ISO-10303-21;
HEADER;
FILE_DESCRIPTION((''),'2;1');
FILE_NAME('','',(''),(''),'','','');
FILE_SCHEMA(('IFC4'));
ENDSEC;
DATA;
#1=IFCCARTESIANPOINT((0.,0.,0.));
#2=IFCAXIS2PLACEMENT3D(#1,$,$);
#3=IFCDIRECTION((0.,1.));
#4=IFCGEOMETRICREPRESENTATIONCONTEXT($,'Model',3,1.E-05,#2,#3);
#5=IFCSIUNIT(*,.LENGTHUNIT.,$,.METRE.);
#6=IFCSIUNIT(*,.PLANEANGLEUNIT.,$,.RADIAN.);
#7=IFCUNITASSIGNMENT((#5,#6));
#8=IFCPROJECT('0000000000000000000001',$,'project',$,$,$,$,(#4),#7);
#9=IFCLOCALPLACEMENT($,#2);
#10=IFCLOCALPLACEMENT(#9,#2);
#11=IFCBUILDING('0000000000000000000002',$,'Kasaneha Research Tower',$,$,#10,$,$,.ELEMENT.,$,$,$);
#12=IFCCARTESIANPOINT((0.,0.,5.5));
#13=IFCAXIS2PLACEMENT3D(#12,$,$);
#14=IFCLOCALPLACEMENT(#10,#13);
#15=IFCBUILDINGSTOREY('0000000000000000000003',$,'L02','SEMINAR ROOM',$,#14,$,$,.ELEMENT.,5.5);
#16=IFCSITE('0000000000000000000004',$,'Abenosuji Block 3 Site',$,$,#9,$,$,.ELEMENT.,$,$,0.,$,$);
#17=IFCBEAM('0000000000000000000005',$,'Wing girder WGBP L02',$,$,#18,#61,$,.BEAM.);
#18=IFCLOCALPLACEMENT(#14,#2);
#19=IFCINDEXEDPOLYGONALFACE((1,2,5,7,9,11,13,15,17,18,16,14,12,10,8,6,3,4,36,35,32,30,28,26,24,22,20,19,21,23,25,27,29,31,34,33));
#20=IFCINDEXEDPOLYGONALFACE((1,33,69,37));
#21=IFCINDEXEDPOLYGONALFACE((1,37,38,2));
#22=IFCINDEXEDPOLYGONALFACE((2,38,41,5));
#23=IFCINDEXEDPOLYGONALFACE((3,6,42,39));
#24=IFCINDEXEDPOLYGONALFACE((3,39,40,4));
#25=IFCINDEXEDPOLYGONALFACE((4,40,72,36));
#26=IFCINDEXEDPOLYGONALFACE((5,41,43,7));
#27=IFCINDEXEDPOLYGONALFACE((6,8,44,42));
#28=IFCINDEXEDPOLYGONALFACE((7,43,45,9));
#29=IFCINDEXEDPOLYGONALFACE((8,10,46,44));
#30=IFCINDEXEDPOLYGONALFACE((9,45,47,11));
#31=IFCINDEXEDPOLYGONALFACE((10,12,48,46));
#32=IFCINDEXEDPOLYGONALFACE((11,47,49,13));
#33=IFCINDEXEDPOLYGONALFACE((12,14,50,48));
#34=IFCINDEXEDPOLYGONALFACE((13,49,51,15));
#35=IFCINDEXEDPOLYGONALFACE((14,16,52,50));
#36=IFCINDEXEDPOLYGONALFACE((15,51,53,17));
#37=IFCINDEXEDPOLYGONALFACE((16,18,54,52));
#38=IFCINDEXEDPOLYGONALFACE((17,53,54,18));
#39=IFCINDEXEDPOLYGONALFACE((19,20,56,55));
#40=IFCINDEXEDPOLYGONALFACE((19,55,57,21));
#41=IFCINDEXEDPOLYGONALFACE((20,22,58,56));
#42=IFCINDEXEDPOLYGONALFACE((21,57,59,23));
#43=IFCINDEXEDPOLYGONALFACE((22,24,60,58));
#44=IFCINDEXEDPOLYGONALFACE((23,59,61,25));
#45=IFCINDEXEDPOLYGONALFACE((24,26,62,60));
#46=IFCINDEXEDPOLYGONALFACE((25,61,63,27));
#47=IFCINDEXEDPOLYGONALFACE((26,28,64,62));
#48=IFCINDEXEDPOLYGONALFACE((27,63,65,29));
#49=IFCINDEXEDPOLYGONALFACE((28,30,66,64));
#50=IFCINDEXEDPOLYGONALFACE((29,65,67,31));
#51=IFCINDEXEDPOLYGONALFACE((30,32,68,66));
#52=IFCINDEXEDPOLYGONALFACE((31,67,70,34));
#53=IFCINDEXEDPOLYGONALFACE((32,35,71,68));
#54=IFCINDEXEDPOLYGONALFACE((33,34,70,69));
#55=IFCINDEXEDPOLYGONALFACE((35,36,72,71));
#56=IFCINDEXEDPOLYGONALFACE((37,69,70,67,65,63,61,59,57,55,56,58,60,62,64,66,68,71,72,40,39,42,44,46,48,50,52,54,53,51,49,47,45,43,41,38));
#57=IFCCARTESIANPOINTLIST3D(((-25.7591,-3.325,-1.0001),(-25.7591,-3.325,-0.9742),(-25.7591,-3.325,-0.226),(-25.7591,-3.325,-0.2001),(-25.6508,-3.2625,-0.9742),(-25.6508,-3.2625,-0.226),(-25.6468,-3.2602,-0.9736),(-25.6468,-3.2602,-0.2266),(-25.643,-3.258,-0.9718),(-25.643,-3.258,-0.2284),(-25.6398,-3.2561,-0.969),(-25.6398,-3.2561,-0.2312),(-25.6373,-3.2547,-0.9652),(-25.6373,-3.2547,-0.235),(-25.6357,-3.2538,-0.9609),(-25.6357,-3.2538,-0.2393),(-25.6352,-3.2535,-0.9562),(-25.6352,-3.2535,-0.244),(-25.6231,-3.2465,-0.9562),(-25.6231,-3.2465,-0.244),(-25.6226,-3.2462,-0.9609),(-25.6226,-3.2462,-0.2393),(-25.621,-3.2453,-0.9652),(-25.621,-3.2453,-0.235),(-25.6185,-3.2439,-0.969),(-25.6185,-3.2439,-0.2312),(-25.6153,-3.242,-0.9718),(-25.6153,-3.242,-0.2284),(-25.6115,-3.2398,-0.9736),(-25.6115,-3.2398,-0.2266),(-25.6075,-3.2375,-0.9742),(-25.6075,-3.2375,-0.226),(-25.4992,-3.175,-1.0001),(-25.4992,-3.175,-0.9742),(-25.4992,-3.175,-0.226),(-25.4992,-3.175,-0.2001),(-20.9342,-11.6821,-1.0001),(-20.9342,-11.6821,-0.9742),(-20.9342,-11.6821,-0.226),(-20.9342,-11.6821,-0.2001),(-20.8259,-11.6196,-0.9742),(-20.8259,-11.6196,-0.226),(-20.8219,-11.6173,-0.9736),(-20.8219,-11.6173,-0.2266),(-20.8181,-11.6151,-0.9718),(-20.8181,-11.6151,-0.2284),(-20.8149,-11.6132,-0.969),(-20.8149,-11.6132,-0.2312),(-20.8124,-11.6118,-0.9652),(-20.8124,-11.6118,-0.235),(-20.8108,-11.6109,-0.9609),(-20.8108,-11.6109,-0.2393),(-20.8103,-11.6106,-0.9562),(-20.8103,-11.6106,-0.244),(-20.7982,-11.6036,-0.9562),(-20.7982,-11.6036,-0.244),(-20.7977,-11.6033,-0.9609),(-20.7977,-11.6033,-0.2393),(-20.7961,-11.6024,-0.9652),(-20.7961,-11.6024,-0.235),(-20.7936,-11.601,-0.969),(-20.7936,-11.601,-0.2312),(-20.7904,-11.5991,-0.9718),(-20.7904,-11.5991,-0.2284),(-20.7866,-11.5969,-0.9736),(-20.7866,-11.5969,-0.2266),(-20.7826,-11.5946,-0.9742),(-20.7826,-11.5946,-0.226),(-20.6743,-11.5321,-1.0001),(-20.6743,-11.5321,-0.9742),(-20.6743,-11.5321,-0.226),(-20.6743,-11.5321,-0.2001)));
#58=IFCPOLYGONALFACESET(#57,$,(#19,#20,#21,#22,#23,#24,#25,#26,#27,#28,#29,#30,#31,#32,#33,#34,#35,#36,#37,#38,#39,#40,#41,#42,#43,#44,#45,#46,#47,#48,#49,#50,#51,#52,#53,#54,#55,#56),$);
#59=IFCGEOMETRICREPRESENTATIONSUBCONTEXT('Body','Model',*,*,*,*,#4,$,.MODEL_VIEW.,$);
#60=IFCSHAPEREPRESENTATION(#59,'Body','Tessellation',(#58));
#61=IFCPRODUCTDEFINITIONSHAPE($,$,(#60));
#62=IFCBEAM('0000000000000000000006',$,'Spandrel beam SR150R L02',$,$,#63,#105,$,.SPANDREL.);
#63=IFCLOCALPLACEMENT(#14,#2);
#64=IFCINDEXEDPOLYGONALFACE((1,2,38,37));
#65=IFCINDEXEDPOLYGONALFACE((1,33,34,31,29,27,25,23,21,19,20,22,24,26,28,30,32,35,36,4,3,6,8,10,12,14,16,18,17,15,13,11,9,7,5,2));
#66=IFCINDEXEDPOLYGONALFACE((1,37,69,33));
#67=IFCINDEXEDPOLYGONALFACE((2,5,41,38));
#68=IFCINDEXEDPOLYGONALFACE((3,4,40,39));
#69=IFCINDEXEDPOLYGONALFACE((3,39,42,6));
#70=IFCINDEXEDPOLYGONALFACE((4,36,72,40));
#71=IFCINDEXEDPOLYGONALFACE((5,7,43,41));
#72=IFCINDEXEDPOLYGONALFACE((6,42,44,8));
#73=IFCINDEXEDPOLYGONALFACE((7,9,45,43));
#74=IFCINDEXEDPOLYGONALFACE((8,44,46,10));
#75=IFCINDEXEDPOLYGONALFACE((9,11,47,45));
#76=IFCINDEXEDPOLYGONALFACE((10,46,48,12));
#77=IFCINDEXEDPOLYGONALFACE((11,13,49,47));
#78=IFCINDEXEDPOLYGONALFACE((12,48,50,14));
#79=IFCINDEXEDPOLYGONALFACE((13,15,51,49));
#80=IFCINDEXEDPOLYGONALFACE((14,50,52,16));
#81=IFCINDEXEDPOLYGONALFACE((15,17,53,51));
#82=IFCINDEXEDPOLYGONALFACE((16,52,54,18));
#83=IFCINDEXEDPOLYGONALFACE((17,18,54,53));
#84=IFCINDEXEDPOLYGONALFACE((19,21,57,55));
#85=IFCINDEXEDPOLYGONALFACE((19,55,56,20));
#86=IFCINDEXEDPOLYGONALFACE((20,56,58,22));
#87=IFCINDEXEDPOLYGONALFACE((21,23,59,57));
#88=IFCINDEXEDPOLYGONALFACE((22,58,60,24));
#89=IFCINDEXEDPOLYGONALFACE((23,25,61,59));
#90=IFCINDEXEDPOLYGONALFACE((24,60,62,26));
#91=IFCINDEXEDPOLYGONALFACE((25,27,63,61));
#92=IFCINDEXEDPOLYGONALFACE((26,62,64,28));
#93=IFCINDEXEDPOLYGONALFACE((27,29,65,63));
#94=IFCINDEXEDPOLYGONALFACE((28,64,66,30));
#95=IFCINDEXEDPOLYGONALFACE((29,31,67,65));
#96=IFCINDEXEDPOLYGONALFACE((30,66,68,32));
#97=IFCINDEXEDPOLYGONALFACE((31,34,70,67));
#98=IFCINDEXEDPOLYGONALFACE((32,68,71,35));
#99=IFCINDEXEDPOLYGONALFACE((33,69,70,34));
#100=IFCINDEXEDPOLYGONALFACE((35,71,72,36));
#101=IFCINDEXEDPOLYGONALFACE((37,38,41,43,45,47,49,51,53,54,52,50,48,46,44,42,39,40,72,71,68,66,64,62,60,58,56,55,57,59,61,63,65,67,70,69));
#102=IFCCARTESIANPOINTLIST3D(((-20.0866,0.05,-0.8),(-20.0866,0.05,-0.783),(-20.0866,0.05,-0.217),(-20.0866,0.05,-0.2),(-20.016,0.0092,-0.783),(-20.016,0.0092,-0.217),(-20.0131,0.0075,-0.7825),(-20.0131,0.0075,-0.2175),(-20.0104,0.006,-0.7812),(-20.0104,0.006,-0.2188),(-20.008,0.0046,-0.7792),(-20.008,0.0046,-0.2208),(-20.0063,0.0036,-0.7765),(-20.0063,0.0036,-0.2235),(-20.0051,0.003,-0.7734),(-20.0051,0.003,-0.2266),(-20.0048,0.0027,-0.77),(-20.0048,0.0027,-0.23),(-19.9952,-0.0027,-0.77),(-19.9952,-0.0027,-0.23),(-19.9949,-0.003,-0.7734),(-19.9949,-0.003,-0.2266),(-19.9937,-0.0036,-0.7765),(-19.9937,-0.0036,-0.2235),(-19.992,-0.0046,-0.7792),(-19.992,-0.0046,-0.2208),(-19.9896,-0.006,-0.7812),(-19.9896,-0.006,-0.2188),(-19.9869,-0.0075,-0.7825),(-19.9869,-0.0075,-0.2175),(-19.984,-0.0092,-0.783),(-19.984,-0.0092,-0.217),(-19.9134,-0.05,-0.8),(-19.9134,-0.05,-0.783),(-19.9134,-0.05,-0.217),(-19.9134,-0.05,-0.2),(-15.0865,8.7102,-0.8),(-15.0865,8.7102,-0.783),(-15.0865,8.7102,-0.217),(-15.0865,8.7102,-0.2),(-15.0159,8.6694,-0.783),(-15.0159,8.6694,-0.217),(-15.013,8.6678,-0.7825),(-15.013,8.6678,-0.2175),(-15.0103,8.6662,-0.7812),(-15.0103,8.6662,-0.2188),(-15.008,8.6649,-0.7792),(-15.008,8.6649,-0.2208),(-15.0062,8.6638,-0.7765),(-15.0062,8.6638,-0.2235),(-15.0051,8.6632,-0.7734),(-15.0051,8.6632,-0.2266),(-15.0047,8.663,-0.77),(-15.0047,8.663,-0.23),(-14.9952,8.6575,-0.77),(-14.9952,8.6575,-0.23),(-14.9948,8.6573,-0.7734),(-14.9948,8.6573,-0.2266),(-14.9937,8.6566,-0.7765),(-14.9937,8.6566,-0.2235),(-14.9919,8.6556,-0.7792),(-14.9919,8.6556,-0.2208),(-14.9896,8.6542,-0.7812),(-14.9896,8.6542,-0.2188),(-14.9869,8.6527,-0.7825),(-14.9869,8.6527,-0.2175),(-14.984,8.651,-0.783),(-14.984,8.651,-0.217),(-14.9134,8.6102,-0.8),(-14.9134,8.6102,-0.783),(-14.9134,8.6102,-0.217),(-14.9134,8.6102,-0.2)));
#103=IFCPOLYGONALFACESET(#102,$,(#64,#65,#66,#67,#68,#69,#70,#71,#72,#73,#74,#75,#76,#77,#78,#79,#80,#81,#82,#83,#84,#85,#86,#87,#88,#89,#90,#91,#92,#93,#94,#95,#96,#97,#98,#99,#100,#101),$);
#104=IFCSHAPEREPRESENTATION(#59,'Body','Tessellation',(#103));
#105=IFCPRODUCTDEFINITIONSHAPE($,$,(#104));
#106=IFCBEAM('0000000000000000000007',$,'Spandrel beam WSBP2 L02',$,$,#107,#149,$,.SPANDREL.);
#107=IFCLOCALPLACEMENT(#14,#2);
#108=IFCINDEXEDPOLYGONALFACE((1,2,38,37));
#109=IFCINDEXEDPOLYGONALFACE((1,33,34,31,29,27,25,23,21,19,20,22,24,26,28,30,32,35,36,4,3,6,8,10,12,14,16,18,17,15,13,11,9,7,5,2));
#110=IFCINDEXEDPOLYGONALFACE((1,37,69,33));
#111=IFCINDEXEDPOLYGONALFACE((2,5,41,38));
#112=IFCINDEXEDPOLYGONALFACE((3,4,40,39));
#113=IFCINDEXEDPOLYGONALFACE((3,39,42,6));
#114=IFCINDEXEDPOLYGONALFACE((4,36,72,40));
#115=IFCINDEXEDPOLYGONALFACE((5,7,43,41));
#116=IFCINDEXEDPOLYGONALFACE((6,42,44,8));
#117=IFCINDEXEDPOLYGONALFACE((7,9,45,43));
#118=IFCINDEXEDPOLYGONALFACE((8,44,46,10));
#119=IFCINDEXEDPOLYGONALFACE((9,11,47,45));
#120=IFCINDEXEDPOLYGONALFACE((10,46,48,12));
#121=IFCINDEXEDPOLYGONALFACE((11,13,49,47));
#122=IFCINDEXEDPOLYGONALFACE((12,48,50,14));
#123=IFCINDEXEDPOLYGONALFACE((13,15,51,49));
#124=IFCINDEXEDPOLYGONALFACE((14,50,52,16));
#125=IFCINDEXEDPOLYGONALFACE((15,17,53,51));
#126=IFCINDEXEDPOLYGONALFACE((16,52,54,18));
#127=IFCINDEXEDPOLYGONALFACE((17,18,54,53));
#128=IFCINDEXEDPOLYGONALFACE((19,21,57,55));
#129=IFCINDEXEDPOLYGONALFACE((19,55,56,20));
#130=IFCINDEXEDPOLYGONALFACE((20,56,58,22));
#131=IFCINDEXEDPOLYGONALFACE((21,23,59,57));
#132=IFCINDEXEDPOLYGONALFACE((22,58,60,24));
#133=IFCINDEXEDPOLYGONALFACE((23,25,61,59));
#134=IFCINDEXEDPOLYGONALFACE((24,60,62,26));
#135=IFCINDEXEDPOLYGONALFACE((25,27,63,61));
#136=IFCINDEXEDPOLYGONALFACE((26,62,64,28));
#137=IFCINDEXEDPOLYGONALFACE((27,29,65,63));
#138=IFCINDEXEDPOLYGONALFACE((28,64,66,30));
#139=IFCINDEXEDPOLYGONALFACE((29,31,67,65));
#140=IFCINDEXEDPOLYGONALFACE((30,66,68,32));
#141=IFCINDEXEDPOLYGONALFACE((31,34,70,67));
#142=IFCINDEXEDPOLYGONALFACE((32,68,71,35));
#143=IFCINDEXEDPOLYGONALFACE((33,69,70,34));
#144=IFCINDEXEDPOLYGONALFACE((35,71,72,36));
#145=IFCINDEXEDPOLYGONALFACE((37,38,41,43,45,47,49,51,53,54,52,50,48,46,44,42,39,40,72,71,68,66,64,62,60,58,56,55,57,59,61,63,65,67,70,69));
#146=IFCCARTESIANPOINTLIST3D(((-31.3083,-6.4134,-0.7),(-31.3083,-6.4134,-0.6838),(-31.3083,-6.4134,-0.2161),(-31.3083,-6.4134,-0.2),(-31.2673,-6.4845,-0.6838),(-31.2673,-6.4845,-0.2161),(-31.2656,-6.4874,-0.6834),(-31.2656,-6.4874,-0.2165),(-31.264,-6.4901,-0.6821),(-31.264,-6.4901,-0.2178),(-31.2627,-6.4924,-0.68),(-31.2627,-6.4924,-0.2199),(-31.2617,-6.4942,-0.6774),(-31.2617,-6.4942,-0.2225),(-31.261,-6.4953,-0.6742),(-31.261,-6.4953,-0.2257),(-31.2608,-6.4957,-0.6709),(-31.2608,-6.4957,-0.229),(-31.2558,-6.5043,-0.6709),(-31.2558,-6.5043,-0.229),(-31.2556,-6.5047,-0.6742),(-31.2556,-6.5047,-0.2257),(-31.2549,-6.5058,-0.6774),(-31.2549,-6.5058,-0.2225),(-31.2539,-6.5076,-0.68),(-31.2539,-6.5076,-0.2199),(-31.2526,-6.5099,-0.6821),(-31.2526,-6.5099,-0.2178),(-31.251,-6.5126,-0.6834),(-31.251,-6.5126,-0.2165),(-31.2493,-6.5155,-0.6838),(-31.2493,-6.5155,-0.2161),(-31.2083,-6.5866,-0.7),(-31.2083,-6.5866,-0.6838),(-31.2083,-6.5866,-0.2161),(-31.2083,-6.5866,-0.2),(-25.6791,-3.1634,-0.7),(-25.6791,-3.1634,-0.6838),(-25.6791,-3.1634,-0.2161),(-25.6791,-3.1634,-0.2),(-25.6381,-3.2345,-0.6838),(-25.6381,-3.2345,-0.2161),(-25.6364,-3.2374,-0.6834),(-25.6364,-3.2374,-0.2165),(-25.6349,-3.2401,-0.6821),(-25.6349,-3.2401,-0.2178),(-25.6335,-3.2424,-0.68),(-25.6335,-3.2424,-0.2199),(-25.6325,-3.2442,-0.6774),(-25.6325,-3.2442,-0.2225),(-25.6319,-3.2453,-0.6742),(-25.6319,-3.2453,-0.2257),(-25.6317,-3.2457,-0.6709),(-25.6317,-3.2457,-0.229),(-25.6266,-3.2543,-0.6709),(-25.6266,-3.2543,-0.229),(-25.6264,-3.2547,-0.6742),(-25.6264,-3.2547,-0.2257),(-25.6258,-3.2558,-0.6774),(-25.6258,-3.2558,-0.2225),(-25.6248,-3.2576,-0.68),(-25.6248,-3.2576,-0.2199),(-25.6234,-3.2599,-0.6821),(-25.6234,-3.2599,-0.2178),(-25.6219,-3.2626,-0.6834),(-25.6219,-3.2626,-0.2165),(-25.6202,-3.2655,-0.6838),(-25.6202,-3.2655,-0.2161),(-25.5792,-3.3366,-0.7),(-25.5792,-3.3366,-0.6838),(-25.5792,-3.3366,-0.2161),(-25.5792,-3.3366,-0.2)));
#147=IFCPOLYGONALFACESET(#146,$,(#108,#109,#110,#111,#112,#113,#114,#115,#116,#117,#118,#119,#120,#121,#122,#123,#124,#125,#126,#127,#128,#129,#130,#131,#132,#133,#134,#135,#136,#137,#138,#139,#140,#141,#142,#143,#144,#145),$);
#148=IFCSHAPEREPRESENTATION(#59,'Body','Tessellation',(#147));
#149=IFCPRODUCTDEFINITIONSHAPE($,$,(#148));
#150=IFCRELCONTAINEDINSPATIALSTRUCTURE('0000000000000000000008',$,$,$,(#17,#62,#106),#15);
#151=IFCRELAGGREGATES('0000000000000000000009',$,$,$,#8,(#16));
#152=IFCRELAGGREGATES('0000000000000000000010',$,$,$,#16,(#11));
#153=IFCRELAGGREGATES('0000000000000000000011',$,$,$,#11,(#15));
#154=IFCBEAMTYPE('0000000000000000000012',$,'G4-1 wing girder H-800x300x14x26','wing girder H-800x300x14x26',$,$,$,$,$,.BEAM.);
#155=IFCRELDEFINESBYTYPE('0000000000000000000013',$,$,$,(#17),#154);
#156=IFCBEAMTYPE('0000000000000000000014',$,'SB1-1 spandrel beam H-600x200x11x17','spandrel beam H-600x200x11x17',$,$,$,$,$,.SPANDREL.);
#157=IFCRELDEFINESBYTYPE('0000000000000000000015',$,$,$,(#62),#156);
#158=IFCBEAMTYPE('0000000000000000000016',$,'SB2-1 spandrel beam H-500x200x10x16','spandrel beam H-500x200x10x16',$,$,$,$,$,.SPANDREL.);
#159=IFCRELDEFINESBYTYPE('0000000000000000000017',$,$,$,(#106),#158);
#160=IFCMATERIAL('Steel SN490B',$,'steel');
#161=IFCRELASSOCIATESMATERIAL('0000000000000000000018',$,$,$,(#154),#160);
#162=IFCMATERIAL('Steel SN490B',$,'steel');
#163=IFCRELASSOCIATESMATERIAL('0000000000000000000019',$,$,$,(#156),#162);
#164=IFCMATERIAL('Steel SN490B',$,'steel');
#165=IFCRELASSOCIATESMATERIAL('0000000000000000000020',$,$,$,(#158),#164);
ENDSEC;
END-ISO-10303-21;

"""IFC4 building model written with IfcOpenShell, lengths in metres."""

from ifc_helpers import new_model, si_unit, direction, frame, origin, origin_2d, place, context, subcontext, project, spatial, i_section, extrude, material, material_profile, profile_set, type_object, element, save


model = new_model("IFC4")

# Units and contexts
model_context = context("Model", 3, precision=1e-05, world=origin(), true_north=direction((0.0, 1.0)))
body_context = subcontext(model_context, "Body", "Model", "MODEL_VIEW")
ifc_project = project(units=[si_unit("LENGTHUNIT", "METRE"), si_unit("PLANEANGLEUNIT", "RADIAN")], contexts=[model_context])

# Site, building, storey
site_placement = place(None, origin())
site = spatial("IfcSite", under=ifc_project, at=site_placement, Name="Abenosuji Block 3 Site", CompositionType="ELEMENT", RefElevation=0.0)
building_placement = place(site_placement, origin())
building = spatial("IfcBuilding", under=site, at=building_placement, Name="Kasaneha Research Tower", CompositionType="ELEMENT")
storey_placement = place(building_placement, frame((0.0, 0.0, 5.5)))
storey = spatial("IfcBuildingStorey", under=building, at=storey_placement, Name="L02", Description="SEMINAR ROOM", CompositionType="ELEMENT", Elevation=5.5)

# Beams
ifc_material_1 = material(Name="Steel SN490B", Category="steel")
ifc_material_profile_1 = material_profile(ifc_material_1, i_section(OverallWidth=0.3, OverallDepth=0.8, WebThickness=0.0139, FlangeThickness=0.0259, FilletRadius=0.0181, at=origin_2d()), Name="H-800x300x14x26")
ifc_profile_set_1 = profile_set([ifc_material_profile_1], Name="Steel SN490B")
beam_type_1 = type_object("IfcBeamType", Name="G4-1 wing girder H-800x300x14x26", Description="wing girder H-800x300x14x26", PredefinedType="BEAM", material=ifc_profile_set_1)
beam_1_placement = place(storey_placement, frame((-25.6292, -3.25, -0.6001), z_axis=(0.499995, -0.866028, 0.0), x_axis=(0.866028, 0.499995, 0.0)))
element("IfcBeam", 1, at=beam_1_placement, inside=storey, type_object=beam_type_1, Name="Wing girder WGBP L02", PredefinedType="BEAM", context=body_context, shape_type="SweptSolid", body=[
    extrude(i_section(OverallWidth=0.3, OverallDepth=0.8, WebThickness=0.0139, FlangeThickness=0.0259, FilletRadius=0.0181, at=origin_2d()), origin(), (0.0, 0.0, 1.0), 9.6499),
])
ifc_material_2 = material(Name="Steel SN490B", Category="steel")
ifc_material_profile_2 = material_profile(ifc_material_2, i_section(OverallWidth=0.2, OverallDepth=0.6001, WebThickness=0.011, FlangeThickness=0.0171, FilletRadius=0.0129, at=origin_2d()), Name="H-600x200x11x17")
ifc_profile_set_2 = profile_set([ifc_material_profile_2], Name="Steel SN490B")
beam_type_2 = type_object("IfcBeamType", Name="SB1-1 spandrel beam H-600x200x11x17", Description="spandrel beam H-600x200x11x17", PredefinedType="SPANDREL", material=ifc_profile_set_2)
beam_2_placement = place(storey_placement, frame((-20.0, 0.0, -0.5), z_axis=(0.500004, 0.866023, 0.0), x_axis=(-0.866023, 0.500004, 0.0)))
element("IfcBeam", 2, at=beam_2_placement, inside=storey, type_object=beam_type_2, Name="Spandrel beam SR150R L02", PredefinedType="SPANDREL", context=body_context, shape_type="SweptSolid", body=[
    extrude(i_section(OverallWidth=0.2, OverallDepth=0.6001, WebThickness=0.011, FlangeThickness=0.0171, FilletRadius=0.0129, at=origin_2d()), origin(), (0.0, 0.0, 1.0), 10.0),
])
ifc_material_3 = material(Name="Steel SN490B", Category="steel")
ifc_material_profile_3 = material_profile(ifc_material_3, i_section(OverallWidth=0.2, OverallDepth=0.5, WebThickness=0.01, FlangeThickness=0.0161, FilletRadius=0.0129, at=origin_2d()), Name="H-500x200x10x16")
ifc_profile_set_3 = profile_set([ifc_material_profile_3], Name="Steel SN490B")
beam_type_3 = type_object("IfcBeamType", Name="SB2-1 spandrel beam H-500x200x10x16", Description="spandrel beam H-500x200x10x16", PredefinedType="SPANDREL", material=ifc_profile_set_3)
beam_3_placement = place(storey_placement, frame((-25.6292, -3.25, -0.45), z_axis=(-0.866025, -0.500001, 0.0), x_axis=(0.500001, -0.866025, 0.0)))
element("IfcBeam", 3, at=beam_3_placement, inside=storey, type_object=beam_type_3, Name="Spandrel beam WSBP2 L02", PredefinedType="SPANDREL", context=body_context, shape_type="SweptSolid", body=[
    extrude(i_section(OverallWidth=0.2, OverallDepth=0.5, WebThickness=0.01, FlangeThickness=0.0161, FilletRadius=0.0129, at=origin_2d()), origin(), (0.0, 0.0, 1.0), 6.5),
])

save(model, "model.ifc")
